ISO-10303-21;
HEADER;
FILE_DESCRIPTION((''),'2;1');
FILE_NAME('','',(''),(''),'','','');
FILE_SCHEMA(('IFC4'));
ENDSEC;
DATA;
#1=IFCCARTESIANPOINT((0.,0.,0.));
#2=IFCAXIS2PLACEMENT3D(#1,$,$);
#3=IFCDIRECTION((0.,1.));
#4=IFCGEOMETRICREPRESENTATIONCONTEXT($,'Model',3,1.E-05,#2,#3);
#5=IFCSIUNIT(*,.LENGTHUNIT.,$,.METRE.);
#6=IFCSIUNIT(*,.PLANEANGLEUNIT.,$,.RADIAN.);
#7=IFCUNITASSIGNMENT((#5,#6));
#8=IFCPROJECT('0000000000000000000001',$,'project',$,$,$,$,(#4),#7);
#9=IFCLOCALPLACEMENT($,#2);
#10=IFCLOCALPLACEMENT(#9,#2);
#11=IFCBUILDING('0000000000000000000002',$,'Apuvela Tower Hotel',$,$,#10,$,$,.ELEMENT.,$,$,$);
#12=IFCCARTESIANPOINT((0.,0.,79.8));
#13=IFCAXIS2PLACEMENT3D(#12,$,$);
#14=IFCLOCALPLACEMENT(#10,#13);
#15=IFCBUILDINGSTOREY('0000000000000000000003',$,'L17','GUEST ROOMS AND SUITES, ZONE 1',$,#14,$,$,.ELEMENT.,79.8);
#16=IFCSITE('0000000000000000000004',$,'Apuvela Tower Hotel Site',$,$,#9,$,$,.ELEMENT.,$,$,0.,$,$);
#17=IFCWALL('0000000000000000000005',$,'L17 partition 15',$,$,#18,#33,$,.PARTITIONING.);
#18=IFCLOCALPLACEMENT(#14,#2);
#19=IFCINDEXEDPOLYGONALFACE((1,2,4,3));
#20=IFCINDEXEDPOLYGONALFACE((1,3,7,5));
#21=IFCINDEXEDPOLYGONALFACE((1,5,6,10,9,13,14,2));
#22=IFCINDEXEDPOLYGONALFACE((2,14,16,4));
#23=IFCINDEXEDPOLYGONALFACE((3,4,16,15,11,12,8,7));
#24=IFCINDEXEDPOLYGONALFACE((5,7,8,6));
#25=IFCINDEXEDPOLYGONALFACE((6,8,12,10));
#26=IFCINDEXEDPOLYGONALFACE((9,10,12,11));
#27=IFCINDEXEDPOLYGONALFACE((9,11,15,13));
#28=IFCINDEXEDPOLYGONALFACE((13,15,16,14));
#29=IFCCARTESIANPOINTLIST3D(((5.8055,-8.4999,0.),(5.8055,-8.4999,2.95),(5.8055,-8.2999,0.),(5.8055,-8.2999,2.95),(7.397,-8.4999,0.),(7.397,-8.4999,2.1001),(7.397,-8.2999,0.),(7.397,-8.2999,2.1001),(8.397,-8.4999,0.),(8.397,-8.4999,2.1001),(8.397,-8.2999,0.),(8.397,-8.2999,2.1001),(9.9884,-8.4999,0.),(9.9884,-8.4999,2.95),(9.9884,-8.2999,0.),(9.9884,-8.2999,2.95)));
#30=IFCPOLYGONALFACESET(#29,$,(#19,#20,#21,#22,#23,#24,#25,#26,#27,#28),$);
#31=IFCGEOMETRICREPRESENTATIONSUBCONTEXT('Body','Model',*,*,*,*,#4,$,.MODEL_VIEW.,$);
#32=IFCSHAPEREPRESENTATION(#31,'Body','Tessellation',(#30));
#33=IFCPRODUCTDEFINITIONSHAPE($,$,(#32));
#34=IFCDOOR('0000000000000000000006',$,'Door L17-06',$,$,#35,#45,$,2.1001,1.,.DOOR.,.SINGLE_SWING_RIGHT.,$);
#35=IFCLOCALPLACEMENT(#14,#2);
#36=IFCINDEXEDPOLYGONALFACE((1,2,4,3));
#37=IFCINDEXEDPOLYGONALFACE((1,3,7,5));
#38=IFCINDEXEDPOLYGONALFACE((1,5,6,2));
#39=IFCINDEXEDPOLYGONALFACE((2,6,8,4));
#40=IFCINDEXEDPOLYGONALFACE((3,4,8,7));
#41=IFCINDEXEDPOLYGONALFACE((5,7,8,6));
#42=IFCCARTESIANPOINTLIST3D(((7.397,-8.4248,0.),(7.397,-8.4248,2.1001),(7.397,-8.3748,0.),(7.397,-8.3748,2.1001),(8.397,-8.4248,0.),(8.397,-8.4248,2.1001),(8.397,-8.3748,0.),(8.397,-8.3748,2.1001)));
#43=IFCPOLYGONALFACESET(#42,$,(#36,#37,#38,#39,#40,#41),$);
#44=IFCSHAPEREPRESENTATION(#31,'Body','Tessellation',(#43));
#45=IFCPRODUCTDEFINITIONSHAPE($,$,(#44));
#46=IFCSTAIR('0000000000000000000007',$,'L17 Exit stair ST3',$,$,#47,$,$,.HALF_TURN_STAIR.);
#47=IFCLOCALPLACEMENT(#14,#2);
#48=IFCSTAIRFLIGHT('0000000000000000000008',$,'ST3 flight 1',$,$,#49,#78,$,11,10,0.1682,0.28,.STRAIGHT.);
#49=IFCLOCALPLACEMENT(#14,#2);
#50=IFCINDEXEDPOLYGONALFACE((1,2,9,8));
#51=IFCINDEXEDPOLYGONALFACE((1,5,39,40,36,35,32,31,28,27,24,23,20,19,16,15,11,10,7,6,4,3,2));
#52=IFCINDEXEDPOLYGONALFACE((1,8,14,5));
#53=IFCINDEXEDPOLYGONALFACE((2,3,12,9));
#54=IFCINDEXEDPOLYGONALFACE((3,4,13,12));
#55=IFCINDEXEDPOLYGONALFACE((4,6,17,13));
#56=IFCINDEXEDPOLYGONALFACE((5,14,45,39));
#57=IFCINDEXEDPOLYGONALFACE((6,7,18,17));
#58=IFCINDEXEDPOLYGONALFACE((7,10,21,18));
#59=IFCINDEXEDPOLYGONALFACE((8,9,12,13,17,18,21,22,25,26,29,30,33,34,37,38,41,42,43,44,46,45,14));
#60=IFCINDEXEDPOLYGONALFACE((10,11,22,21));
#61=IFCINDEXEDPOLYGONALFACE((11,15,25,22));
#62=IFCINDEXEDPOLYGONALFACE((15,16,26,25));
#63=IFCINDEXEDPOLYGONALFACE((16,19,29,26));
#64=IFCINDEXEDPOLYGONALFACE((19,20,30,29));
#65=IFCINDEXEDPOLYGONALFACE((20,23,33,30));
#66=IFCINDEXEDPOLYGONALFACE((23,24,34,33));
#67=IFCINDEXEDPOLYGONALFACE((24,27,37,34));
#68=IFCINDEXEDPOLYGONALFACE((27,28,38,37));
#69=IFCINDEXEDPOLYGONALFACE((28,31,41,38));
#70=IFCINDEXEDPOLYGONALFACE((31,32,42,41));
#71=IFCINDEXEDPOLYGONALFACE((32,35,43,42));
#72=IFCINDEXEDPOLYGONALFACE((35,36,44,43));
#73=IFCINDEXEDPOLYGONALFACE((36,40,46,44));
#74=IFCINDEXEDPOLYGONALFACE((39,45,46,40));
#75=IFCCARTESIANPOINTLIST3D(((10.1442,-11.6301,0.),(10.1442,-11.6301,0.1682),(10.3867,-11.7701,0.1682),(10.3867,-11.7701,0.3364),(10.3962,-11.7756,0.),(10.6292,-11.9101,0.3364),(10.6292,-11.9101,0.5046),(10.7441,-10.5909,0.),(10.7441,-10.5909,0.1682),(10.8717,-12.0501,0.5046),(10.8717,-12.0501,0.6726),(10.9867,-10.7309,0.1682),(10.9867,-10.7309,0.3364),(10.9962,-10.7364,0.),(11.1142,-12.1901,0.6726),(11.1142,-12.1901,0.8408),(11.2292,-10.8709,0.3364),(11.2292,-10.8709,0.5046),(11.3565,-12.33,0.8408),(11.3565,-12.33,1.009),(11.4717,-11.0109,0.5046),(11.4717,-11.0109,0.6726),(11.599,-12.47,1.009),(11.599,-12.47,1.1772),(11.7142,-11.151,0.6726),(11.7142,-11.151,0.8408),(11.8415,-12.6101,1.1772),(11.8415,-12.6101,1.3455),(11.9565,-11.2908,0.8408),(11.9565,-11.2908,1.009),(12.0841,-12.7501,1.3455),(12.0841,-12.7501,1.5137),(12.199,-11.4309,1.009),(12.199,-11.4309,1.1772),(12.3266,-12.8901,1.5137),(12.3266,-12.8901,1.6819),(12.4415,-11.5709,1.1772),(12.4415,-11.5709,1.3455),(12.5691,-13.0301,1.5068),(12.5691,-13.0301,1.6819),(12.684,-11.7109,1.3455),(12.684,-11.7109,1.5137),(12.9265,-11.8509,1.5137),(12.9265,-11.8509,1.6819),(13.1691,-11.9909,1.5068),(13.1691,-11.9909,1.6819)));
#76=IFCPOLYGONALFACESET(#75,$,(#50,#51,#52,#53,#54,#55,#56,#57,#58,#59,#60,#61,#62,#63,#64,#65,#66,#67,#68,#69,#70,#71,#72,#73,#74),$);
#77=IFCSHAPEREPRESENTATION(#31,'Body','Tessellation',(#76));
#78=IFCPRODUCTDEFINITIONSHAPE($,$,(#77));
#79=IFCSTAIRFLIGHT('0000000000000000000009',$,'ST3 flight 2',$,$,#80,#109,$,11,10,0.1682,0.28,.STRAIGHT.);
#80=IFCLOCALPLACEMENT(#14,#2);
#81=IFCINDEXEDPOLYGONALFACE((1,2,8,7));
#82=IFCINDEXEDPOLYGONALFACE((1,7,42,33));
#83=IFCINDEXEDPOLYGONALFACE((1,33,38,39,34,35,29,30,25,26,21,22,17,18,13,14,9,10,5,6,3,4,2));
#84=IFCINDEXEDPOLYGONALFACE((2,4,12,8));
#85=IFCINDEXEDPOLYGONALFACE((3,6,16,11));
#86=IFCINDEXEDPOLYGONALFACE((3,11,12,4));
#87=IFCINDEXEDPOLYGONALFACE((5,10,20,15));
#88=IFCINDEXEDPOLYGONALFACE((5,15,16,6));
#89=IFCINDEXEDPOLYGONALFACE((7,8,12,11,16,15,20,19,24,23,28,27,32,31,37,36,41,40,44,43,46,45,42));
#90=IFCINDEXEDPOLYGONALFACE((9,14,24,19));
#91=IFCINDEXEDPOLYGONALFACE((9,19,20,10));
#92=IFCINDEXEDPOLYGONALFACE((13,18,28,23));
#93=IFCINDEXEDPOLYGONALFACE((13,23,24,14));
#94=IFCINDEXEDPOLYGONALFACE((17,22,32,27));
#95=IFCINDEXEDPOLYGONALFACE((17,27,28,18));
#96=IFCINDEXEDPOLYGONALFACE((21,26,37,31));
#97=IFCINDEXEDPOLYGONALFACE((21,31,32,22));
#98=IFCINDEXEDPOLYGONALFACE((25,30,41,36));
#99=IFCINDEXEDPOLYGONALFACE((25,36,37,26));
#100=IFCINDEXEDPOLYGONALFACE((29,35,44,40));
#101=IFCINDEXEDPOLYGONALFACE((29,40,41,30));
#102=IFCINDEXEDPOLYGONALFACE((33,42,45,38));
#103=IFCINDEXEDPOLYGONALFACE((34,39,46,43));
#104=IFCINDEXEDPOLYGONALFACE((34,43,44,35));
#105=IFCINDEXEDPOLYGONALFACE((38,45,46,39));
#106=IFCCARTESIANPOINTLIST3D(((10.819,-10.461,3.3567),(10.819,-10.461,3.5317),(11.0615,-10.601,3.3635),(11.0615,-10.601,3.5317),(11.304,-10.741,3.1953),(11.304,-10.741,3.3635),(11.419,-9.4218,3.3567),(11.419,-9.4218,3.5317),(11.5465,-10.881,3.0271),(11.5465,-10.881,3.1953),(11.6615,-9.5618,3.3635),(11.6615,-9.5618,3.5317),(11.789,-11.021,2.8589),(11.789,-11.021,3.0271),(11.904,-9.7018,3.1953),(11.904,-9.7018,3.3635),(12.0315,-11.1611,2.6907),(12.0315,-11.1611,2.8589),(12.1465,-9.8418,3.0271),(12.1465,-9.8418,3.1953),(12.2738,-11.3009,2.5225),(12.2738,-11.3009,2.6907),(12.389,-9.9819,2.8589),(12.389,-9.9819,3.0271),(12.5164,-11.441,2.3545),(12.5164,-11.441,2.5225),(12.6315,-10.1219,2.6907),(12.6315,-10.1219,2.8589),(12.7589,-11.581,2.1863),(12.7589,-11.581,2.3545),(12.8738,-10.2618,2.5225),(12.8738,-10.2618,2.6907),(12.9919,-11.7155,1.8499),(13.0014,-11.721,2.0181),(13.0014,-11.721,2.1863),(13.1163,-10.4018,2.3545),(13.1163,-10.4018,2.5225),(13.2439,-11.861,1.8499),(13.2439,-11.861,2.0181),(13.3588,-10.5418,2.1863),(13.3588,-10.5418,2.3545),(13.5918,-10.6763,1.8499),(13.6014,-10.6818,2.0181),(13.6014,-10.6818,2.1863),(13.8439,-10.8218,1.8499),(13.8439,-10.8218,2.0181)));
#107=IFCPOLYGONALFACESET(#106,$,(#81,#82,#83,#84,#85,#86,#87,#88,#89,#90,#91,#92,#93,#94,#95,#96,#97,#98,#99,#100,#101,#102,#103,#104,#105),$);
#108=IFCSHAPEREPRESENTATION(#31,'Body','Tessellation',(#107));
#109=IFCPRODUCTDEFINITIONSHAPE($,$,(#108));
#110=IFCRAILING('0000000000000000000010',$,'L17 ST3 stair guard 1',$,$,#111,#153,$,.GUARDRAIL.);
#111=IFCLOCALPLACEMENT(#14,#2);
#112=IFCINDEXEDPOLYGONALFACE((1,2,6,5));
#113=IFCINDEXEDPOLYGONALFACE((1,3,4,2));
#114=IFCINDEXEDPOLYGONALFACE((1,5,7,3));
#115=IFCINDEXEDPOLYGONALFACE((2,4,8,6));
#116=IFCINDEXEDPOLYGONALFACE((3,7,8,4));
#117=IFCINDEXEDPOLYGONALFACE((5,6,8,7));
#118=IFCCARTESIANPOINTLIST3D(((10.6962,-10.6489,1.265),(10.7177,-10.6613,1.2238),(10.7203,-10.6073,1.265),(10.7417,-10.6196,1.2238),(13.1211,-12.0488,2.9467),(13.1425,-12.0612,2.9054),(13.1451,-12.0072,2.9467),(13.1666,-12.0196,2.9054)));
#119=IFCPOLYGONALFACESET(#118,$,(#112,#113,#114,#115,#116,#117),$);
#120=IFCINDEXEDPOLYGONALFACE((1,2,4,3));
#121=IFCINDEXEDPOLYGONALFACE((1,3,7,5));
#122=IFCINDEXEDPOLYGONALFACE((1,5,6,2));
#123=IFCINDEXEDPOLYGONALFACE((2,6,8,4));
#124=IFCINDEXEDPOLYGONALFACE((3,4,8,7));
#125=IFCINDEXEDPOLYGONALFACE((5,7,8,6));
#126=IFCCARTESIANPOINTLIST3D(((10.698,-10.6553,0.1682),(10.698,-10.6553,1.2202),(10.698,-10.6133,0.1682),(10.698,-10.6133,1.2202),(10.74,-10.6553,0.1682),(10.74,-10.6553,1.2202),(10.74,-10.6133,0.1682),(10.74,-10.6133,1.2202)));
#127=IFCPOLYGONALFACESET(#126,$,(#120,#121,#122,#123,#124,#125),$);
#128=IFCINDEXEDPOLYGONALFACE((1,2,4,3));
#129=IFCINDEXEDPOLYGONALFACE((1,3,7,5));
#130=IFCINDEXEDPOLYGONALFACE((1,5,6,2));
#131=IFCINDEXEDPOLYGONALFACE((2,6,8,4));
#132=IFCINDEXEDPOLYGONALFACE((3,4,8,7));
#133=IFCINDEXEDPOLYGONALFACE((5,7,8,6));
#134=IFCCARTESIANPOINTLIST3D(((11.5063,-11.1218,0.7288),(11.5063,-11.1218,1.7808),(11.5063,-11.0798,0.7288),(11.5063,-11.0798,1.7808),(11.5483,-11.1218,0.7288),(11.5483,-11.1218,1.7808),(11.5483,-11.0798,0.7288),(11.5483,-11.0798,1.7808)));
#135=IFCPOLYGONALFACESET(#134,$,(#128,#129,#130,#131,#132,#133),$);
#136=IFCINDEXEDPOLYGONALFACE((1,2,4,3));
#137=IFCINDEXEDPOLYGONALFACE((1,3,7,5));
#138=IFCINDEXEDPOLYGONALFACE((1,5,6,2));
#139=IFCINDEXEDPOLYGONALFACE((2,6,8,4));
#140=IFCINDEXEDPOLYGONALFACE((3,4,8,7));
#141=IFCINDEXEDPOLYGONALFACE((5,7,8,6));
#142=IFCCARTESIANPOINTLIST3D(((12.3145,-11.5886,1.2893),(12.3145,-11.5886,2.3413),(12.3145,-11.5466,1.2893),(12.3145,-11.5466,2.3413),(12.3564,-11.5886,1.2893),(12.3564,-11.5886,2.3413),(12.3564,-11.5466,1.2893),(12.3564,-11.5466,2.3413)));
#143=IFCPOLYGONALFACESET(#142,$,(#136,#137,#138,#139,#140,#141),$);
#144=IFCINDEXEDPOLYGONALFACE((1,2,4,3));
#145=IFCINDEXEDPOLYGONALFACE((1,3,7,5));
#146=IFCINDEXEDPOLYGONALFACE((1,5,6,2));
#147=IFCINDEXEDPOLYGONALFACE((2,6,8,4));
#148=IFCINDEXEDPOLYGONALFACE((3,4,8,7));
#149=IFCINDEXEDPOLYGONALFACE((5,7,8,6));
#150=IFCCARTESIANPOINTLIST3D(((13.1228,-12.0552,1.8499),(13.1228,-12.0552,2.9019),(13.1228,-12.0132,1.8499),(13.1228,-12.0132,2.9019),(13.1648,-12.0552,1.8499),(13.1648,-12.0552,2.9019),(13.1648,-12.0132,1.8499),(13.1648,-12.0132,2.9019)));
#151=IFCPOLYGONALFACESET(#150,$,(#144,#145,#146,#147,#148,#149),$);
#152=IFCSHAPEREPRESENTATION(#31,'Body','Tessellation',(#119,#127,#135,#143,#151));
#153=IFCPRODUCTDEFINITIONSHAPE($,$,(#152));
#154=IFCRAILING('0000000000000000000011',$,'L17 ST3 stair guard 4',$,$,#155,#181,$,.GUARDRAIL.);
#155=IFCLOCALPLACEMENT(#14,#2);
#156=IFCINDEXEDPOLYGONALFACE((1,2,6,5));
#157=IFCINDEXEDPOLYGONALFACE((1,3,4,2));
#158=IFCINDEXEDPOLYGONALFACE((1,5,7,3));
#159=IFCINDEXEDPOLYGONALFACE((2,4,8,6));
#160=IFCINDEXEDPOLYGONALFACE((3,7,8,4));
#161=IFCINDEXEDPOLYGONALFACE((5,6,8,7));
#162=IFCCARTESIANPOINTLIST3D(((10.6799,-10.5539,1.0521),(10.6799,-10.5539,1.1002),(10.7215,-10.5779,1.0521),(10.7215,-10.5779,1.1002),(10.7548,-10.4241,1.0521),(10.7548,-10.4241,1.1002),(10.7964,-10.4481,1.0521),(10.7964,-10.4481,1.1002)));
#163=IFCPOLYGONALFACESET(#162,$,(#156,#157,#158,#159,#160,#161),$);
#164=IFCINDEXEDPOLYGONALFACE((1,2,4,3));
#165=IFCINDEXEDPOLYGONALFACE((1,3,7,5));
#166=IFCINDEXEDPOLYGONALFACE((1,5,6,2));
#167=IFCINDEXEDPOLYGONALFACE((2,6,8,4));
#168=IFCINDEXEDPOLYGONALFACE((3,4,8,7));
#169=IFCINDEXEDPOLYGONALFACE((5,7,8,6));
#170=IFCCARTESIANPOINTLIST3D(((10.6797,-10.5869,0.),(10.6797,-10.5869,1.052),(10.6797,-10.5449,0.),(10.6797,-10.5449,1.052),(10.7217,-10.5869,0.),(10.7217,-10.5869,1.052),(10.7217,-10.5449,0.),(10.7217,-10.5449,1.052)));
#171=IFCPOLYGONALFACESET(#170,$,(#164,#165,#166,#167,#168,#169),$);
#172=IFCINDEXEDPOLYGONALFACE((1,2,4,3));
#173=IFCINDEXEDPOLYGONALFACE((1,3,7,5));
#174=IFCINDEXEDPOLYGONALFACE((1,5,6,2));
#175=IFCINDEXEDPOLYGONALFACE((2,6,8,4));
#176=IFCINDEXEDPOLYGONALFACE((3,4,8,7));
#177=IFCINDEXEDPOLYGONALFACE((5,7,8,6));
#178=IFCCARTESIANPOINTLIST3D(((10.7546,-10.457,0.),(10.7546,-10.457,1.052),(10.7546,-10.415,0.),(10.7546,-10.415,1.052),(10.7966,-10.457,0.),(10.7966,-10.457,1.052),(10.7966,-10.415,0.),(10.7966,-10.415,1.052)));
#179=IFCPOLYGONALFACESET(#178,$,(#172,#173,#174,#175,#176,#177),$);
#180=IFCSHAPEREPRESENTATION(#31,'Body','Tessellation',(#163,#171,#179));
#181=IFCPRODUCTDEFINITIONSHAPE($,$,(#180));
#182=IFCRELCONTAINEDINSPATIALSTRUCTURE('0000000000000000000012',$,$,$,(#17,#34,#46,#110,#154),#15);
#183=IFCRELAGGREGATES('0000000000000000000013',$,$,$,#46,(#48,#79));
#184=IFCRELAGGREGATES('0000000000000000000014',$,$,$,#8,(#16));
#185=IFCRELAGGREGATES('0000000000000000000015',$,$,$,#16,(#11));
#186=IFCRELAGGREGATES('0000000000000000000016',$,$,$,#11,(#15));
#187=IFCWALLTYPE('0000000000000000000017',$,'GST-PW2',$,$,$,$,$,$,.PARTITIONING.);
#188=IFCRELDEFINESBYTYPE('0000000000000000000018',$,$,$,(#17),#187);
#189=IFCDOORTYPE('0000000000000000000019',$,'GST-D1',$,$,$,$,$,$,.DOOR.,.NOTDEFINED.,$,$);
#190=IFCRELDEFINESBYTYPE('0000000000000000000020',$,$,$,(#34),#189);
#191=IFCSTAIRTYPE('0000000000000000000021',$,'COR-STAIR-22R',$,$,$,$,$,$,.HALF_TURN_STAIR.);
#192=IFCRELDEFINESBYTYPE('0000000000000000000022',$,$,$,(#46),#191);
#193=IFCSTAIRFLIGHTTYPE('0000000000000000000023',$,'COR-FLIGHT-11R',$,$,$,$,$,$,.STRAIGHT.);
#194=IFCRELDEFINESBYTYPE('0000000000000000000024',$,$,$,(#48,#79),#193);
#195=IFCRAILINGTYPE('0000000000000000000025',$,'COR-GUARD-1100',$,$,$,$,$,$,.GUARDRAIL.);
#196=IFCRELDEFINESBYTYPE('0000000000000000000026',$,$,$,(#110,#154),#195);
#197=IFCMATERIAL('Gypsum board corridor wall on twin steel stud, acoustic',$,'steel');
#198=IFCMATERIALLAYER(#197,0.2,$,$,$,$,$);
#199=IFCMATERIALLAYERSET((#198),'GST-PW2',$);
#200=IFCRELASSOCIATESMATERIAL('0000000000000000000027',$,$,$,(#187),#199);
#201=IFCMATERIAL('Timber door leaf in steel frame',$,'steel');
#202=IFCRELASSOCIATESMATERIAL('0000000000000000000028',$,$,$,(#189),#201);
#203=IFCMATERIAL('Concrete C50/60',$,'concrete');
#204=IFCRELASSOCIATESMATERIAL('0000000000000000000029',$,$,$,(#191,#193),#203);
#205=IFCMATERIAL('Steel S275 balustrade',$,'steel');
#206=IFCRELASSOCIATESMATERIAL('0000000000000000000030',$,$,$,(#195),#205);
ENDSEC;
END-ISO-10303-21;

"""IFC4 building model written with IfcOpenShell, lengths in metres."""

from ifc_helpers import new_model, si_unit, direction, frame, frame_2d, origin, origin_2d, place, context, subcontext, project, spatial, polyline, rectangle, outline, extrude, material, layer, layer_set, type_object, element, fill, aggregate, save


model = new_model("IFC4")

# Units and contexts
model_context = context("Model", 3, precision=1e-05, world=origin(), true_north=direction((0.0, 1.0)))
body_context = subcontext(model_context, "Body", "Model", "MODEL_VIEW")
ifc_project = project(units=[si_unit("LENGTHUNIT", "METRE"), si_unit("PLANEANGLEUNIT", "RADIAN")], contexts=[model_context])

# Site, building, storey
site_placement = place(None, origin())
site = spatial("IfcSite", under=ifc_project, at=site_placement, Name="Apuvela Tower Hotel Site", CompositionType="ELEMENT", RefElevation=0.0)
building_placement = place(site_placement, origin())
building = spatial("IfcBuilding", under=site, at=building_placement, Name="Apuvela Tower Hotel", CompositionType="ELEMENT")
storey_placement = place(building_placement, frame((0.0, 0.0, 79.8)))
storey = spatial("IfcBuildingStorey", under=building, at=storey_placement, Name="L17", Description="GUEST ROOMS AND SUITES, ZONE 1", CompositionType="ELEMENT", Elevation=79.8)

# Shared definitions
ifc_material_1 = material(Name="Concrete C50/60", Category="concrete")

# Wall, opening, door
ifc_material_2 = material(Name="Gypsum board corridor wall on twin steel stud, acoustic", Category="steel")
ifc_layer_1 = layer(ifc_material_2, 0.2)
ifc_layer_set_1 = layer_set([ifc_layer_1], Name="GST-PW2")
wall_type_1 = type_object("IfcWallType", Name="GST-PW2", PredefinedType="PARTITIONING", material=ifc_layer_set_1)
ifc_material_3 = material(Name="Timber door leaf in steel frame", Category="steel")
door_type_1 = type_object("IfcDoorType", Name="GST-D1", OperationType="NOTDEFINED", PredefinedType="DOOR", material=ifc_material_3)
wall_1_placement = place(storey_placement, frame((9.9883, -8.3999, 0.0), z_axis=(0.0, 0.0, 1.0), x_axis=(-1.0, 0.0, 0.0)))
wall_1 = element("IfcWall", 1, at=wall_1_placement, inside=storey, type_object=wall_type_1, Name="L17 partition 15", PredefinedType="PARTITIONING", context=body_context, shape_type="SweptSolid", body=[
    extrude(rectangle(XDim=4.1829, YDim=0.2, at=frame_2d((2.0913, 0.0))), origin(), (0.0, 0.0, 1.0), 2.95),
])
opening_1_placement = place(wall_1_placement, frame((1.5913, 0.0, 0.0)))
opening_1 = element("IfcOpeningElement", 2, at=opening_1_placement, cuts=wall_1, PredefinedType="OPENING", context=body_context, shape_type="SweptSolid", body=[
    extrude(rectangle(XDim=1.0, YDim=2.1001, at=frame_2d((0.5, 1.05))), frame((0.0, 0.1099, 0.0), z_axis=(0.0, -1.0, 0.0), x_axis=(1.0, 0.0, 0.0)), (0.0, 0.0, 1.0), 0.22),
])
door_1_placement = place(opening_1_placement, origin())
door_1 = element("IfcDoor", 3, at=door_1_placement, inside=storey, type_object=door_type_1, Name="Door L17-06", OperationType="SINGLE_SWING_RIGHT", OverallHeight=2.1001, OverallWidth=1.0, PredefinedType="DOOR", context=body_context, shape_type="SweptSolid", body=[
    extrude(rectangle(XDim=1.0, YDim=2.1001, at=frame_2d((0.5, 1.05))), frame((0.0, 0.0249, 0.0), z_axis=(0.0, -1.0, 0.0), x_axis=(1.0, 0.0, 0.0)), (0.0, 0.0, 1.0), 0.05),
])
fill(opening_1, door_1)

# Stair, stair flights
stair_type = type_object("IfcStairType", Name="COR-STAIR-22R", PredefinedType="HALF_TURN_STAIR", material=ifc_material_1)
stair_placement = place(storey_placement, origin())
stair = element("IfcStair", 4, at=stair_placement, inside=storey, type_object=stair_type, Name="L17 Exit stair ST3", PredefinedType="HALF_TURN_STAIR")
stair_flight_type = type_object("IfcStairFlightType", Name="COR-FLIGHT-11R", PredefinedType="STRAIGHT", material=ifc_material_1)
stair_flight_1_placement = place(storey_placement, frame((10.4441, -11.1106, 0.0), z_axis=(0.0, 0.0, 1.0), x_axis=(0.866025, -0.5, 0.0)))
stair_flight_1 = element("IfcStairFlight", 5, at=stair_flight_1_placement, type_object=stair_flight_type, Name="ST3 flight 1", NumberOfRisers=11, NumberOfTreads=10, PredefinedType="STRAIGHT", RiserHeight=0.1682, TreadLength=0.28, context=body_context, shape_type="SweptSolid", body=[
    extrude(outline(polyline([(0.0, 0.0), (0.0, 0.1682), (0.28, 0.1682), (0.28, 0.3364), (0.5601, 0.3364), (0.5601, 0.5046), (0.8401, 0.5046), (0.8401, 0.6726), (1.1201, 0.6726), (1.1201, 0.8408), (1.3999, 0.8408), (1.3999, 1.009), (1.6799, 1.009), (1.6799, 1.1772), (1.96, 1.1772), (1.96, 1.3455), (2.24, 1.3455), (2.24, 1.5137), (2.52, 1.5137), (2.52, 1.6819), (2.8, 1.6819), (2.8, 1.8501), (2.8, 1.5068), (0.291, 0.0), (0.0, 0.0)])), frame((0.0, 0.6001, 0.0), z_axis=(0.0, -1.0, 0.0), x_axis=(1.0, 0.0, 0.0)), (0.0, 0.0, 1.0), 1.2),
])
stair_flight_2_placement = place(storey_placement, frame((13.5439, -11.3413, 1.8499), z_axis=(0.0, 0.0, 1.0), x_axis=(-0.866025, 0.5, 0.0)))
stair_flight_2 = element("IfcStairFlight", 6, at=stair_flight_2_placement, type_object=stair_flight_type, Name="ST3 flight 2", NumberOfRisers=11, NumberOfTreads=10, PredefinedType="STRAIGHT", RiserHeight=0.1682, TreadLength=0.28, context=body_context, shape_type="SweptSolid", body=[
    extrude(outline(polyline([(0.0, 0.0), (0.0, 0.1682), (0.28, 0.1682), (0.28, 0.3364), (0.5601, 0.3364), (0.5601, 0.5046), (0.8401, 0.5046), (0.8401, 0.6726), (1.1201, 0.6726), (1.1201, 0.8408), (1.3999, 0.8408), (1.3999, 1.009), (1.6799, 1.009), (1.6799, 1.1772), (1.96, 1.1772), (1.96, 1.3455), (2.24, 1.3455), (2.24, 1.5137), (2.52, 1.5137), (2.52, 1.6819), (2.8, 1.6819), (2.8, 1.8501), (2.8, 1.5068), (0.291, 0.0), (0.0, 0.0)])), frame((0.0, 0.6001, 0.0), z_axis=(0.0, -1.0, 0.0), x_axis=(1.0, 0.0, 0.0)), (0.0, 0.0, 1.0), 1.2),
])
aggregate(stair, [stair_flight_1, stair_flight_2])

# Railings
ifc_material_4 = material(Name="Steel S275 balustrade", Category="steel")
railing_type_1 = type_object("IfcRailingType", Name="COR-GUARD-1100", PredefinedType="GUARDRAIL", material=ifc_material_4)
railing_1_placement = place(storey_placement, frame((10.719, -10.6343, 0.1682)))
element("IfcRailing", 7, at=railing_1_placement, inside=storey, type_object=railing_type_1, Name="L17 ST3 stair guard 1", PredefinedType="GUARDRAIL", context=body_context, shape_type="SweptSolid", body=[
    extrude(rectangle(XDim=0.0481, YDim=0.0481, at=origin_2d()), frame((0.0, 0.0, 1.0762), z_axis=(0.742419, -0.428618, 0.514879), x_axis=(0.499984, 0.866035, 0.0)), (0.0, 0.0, 1.0), 3.2661),
    extrude(rectangle(XDim=0.042, YDim=0.042, at=origin_2d()), origin(), (0.0, 0.0, 1.0), 1.052),
    extrude(rectangle(XDim=0.042, YDim=0.042, at=origin_2d()), frame((0.8083, -0.4666, 0.5605)), (0.0, 0.0, 1.0), 1.052),
    extrude(rectangle(XDim=0.042, YDim=0.042, at=origin_2d()), frame((1.6165, -0.9333, 1.1211)), (0.0, 0.0, 1.0), 1.052),
    extrude(rectangle(XDim=0.042, YDim=0.042, at=origin_2d()), frame((2.4248, -1.3999, 1.6816)), (0.0, 0.0, 1.0), 1.052),
])
railing_2_placement = place(storey_placement, frame((10.7007, -10.5659, 0.0)))
element("IfcRailing", 8, at=railing_2_placement, inside=storey, type_object=railing_type_1, Name="L17 ST3 stair guard 4", PredefinedType="GUARDRAIL", context=body_context, shape_type="SweptSolid", body=[
    extrude(rectangle(XDim=0.0481, YDim=0.0481, at=origin_2d()), frame((0.0, 0.0, 1.0762), z_axis=(0.499816, 0.866131, 0.0), x_axis=(-0.866131, 0.499816, 0.0)), (0.0, 0.0, 1.0), 0.1499),
    extrude(rectangle(XDim=0.042, YDim=0.042, at=origin_2d()), origin(), (0.0, 0.0, 1.0), 1.052),
    extrude(rectangle(XDim=0.042, YDim=0.042, at=origin_2d()), frame((0.075, 0.1299, 0.0)), (0.0, 0.0, 1.0), 1.052),
])

save(model, "model.ifc")
